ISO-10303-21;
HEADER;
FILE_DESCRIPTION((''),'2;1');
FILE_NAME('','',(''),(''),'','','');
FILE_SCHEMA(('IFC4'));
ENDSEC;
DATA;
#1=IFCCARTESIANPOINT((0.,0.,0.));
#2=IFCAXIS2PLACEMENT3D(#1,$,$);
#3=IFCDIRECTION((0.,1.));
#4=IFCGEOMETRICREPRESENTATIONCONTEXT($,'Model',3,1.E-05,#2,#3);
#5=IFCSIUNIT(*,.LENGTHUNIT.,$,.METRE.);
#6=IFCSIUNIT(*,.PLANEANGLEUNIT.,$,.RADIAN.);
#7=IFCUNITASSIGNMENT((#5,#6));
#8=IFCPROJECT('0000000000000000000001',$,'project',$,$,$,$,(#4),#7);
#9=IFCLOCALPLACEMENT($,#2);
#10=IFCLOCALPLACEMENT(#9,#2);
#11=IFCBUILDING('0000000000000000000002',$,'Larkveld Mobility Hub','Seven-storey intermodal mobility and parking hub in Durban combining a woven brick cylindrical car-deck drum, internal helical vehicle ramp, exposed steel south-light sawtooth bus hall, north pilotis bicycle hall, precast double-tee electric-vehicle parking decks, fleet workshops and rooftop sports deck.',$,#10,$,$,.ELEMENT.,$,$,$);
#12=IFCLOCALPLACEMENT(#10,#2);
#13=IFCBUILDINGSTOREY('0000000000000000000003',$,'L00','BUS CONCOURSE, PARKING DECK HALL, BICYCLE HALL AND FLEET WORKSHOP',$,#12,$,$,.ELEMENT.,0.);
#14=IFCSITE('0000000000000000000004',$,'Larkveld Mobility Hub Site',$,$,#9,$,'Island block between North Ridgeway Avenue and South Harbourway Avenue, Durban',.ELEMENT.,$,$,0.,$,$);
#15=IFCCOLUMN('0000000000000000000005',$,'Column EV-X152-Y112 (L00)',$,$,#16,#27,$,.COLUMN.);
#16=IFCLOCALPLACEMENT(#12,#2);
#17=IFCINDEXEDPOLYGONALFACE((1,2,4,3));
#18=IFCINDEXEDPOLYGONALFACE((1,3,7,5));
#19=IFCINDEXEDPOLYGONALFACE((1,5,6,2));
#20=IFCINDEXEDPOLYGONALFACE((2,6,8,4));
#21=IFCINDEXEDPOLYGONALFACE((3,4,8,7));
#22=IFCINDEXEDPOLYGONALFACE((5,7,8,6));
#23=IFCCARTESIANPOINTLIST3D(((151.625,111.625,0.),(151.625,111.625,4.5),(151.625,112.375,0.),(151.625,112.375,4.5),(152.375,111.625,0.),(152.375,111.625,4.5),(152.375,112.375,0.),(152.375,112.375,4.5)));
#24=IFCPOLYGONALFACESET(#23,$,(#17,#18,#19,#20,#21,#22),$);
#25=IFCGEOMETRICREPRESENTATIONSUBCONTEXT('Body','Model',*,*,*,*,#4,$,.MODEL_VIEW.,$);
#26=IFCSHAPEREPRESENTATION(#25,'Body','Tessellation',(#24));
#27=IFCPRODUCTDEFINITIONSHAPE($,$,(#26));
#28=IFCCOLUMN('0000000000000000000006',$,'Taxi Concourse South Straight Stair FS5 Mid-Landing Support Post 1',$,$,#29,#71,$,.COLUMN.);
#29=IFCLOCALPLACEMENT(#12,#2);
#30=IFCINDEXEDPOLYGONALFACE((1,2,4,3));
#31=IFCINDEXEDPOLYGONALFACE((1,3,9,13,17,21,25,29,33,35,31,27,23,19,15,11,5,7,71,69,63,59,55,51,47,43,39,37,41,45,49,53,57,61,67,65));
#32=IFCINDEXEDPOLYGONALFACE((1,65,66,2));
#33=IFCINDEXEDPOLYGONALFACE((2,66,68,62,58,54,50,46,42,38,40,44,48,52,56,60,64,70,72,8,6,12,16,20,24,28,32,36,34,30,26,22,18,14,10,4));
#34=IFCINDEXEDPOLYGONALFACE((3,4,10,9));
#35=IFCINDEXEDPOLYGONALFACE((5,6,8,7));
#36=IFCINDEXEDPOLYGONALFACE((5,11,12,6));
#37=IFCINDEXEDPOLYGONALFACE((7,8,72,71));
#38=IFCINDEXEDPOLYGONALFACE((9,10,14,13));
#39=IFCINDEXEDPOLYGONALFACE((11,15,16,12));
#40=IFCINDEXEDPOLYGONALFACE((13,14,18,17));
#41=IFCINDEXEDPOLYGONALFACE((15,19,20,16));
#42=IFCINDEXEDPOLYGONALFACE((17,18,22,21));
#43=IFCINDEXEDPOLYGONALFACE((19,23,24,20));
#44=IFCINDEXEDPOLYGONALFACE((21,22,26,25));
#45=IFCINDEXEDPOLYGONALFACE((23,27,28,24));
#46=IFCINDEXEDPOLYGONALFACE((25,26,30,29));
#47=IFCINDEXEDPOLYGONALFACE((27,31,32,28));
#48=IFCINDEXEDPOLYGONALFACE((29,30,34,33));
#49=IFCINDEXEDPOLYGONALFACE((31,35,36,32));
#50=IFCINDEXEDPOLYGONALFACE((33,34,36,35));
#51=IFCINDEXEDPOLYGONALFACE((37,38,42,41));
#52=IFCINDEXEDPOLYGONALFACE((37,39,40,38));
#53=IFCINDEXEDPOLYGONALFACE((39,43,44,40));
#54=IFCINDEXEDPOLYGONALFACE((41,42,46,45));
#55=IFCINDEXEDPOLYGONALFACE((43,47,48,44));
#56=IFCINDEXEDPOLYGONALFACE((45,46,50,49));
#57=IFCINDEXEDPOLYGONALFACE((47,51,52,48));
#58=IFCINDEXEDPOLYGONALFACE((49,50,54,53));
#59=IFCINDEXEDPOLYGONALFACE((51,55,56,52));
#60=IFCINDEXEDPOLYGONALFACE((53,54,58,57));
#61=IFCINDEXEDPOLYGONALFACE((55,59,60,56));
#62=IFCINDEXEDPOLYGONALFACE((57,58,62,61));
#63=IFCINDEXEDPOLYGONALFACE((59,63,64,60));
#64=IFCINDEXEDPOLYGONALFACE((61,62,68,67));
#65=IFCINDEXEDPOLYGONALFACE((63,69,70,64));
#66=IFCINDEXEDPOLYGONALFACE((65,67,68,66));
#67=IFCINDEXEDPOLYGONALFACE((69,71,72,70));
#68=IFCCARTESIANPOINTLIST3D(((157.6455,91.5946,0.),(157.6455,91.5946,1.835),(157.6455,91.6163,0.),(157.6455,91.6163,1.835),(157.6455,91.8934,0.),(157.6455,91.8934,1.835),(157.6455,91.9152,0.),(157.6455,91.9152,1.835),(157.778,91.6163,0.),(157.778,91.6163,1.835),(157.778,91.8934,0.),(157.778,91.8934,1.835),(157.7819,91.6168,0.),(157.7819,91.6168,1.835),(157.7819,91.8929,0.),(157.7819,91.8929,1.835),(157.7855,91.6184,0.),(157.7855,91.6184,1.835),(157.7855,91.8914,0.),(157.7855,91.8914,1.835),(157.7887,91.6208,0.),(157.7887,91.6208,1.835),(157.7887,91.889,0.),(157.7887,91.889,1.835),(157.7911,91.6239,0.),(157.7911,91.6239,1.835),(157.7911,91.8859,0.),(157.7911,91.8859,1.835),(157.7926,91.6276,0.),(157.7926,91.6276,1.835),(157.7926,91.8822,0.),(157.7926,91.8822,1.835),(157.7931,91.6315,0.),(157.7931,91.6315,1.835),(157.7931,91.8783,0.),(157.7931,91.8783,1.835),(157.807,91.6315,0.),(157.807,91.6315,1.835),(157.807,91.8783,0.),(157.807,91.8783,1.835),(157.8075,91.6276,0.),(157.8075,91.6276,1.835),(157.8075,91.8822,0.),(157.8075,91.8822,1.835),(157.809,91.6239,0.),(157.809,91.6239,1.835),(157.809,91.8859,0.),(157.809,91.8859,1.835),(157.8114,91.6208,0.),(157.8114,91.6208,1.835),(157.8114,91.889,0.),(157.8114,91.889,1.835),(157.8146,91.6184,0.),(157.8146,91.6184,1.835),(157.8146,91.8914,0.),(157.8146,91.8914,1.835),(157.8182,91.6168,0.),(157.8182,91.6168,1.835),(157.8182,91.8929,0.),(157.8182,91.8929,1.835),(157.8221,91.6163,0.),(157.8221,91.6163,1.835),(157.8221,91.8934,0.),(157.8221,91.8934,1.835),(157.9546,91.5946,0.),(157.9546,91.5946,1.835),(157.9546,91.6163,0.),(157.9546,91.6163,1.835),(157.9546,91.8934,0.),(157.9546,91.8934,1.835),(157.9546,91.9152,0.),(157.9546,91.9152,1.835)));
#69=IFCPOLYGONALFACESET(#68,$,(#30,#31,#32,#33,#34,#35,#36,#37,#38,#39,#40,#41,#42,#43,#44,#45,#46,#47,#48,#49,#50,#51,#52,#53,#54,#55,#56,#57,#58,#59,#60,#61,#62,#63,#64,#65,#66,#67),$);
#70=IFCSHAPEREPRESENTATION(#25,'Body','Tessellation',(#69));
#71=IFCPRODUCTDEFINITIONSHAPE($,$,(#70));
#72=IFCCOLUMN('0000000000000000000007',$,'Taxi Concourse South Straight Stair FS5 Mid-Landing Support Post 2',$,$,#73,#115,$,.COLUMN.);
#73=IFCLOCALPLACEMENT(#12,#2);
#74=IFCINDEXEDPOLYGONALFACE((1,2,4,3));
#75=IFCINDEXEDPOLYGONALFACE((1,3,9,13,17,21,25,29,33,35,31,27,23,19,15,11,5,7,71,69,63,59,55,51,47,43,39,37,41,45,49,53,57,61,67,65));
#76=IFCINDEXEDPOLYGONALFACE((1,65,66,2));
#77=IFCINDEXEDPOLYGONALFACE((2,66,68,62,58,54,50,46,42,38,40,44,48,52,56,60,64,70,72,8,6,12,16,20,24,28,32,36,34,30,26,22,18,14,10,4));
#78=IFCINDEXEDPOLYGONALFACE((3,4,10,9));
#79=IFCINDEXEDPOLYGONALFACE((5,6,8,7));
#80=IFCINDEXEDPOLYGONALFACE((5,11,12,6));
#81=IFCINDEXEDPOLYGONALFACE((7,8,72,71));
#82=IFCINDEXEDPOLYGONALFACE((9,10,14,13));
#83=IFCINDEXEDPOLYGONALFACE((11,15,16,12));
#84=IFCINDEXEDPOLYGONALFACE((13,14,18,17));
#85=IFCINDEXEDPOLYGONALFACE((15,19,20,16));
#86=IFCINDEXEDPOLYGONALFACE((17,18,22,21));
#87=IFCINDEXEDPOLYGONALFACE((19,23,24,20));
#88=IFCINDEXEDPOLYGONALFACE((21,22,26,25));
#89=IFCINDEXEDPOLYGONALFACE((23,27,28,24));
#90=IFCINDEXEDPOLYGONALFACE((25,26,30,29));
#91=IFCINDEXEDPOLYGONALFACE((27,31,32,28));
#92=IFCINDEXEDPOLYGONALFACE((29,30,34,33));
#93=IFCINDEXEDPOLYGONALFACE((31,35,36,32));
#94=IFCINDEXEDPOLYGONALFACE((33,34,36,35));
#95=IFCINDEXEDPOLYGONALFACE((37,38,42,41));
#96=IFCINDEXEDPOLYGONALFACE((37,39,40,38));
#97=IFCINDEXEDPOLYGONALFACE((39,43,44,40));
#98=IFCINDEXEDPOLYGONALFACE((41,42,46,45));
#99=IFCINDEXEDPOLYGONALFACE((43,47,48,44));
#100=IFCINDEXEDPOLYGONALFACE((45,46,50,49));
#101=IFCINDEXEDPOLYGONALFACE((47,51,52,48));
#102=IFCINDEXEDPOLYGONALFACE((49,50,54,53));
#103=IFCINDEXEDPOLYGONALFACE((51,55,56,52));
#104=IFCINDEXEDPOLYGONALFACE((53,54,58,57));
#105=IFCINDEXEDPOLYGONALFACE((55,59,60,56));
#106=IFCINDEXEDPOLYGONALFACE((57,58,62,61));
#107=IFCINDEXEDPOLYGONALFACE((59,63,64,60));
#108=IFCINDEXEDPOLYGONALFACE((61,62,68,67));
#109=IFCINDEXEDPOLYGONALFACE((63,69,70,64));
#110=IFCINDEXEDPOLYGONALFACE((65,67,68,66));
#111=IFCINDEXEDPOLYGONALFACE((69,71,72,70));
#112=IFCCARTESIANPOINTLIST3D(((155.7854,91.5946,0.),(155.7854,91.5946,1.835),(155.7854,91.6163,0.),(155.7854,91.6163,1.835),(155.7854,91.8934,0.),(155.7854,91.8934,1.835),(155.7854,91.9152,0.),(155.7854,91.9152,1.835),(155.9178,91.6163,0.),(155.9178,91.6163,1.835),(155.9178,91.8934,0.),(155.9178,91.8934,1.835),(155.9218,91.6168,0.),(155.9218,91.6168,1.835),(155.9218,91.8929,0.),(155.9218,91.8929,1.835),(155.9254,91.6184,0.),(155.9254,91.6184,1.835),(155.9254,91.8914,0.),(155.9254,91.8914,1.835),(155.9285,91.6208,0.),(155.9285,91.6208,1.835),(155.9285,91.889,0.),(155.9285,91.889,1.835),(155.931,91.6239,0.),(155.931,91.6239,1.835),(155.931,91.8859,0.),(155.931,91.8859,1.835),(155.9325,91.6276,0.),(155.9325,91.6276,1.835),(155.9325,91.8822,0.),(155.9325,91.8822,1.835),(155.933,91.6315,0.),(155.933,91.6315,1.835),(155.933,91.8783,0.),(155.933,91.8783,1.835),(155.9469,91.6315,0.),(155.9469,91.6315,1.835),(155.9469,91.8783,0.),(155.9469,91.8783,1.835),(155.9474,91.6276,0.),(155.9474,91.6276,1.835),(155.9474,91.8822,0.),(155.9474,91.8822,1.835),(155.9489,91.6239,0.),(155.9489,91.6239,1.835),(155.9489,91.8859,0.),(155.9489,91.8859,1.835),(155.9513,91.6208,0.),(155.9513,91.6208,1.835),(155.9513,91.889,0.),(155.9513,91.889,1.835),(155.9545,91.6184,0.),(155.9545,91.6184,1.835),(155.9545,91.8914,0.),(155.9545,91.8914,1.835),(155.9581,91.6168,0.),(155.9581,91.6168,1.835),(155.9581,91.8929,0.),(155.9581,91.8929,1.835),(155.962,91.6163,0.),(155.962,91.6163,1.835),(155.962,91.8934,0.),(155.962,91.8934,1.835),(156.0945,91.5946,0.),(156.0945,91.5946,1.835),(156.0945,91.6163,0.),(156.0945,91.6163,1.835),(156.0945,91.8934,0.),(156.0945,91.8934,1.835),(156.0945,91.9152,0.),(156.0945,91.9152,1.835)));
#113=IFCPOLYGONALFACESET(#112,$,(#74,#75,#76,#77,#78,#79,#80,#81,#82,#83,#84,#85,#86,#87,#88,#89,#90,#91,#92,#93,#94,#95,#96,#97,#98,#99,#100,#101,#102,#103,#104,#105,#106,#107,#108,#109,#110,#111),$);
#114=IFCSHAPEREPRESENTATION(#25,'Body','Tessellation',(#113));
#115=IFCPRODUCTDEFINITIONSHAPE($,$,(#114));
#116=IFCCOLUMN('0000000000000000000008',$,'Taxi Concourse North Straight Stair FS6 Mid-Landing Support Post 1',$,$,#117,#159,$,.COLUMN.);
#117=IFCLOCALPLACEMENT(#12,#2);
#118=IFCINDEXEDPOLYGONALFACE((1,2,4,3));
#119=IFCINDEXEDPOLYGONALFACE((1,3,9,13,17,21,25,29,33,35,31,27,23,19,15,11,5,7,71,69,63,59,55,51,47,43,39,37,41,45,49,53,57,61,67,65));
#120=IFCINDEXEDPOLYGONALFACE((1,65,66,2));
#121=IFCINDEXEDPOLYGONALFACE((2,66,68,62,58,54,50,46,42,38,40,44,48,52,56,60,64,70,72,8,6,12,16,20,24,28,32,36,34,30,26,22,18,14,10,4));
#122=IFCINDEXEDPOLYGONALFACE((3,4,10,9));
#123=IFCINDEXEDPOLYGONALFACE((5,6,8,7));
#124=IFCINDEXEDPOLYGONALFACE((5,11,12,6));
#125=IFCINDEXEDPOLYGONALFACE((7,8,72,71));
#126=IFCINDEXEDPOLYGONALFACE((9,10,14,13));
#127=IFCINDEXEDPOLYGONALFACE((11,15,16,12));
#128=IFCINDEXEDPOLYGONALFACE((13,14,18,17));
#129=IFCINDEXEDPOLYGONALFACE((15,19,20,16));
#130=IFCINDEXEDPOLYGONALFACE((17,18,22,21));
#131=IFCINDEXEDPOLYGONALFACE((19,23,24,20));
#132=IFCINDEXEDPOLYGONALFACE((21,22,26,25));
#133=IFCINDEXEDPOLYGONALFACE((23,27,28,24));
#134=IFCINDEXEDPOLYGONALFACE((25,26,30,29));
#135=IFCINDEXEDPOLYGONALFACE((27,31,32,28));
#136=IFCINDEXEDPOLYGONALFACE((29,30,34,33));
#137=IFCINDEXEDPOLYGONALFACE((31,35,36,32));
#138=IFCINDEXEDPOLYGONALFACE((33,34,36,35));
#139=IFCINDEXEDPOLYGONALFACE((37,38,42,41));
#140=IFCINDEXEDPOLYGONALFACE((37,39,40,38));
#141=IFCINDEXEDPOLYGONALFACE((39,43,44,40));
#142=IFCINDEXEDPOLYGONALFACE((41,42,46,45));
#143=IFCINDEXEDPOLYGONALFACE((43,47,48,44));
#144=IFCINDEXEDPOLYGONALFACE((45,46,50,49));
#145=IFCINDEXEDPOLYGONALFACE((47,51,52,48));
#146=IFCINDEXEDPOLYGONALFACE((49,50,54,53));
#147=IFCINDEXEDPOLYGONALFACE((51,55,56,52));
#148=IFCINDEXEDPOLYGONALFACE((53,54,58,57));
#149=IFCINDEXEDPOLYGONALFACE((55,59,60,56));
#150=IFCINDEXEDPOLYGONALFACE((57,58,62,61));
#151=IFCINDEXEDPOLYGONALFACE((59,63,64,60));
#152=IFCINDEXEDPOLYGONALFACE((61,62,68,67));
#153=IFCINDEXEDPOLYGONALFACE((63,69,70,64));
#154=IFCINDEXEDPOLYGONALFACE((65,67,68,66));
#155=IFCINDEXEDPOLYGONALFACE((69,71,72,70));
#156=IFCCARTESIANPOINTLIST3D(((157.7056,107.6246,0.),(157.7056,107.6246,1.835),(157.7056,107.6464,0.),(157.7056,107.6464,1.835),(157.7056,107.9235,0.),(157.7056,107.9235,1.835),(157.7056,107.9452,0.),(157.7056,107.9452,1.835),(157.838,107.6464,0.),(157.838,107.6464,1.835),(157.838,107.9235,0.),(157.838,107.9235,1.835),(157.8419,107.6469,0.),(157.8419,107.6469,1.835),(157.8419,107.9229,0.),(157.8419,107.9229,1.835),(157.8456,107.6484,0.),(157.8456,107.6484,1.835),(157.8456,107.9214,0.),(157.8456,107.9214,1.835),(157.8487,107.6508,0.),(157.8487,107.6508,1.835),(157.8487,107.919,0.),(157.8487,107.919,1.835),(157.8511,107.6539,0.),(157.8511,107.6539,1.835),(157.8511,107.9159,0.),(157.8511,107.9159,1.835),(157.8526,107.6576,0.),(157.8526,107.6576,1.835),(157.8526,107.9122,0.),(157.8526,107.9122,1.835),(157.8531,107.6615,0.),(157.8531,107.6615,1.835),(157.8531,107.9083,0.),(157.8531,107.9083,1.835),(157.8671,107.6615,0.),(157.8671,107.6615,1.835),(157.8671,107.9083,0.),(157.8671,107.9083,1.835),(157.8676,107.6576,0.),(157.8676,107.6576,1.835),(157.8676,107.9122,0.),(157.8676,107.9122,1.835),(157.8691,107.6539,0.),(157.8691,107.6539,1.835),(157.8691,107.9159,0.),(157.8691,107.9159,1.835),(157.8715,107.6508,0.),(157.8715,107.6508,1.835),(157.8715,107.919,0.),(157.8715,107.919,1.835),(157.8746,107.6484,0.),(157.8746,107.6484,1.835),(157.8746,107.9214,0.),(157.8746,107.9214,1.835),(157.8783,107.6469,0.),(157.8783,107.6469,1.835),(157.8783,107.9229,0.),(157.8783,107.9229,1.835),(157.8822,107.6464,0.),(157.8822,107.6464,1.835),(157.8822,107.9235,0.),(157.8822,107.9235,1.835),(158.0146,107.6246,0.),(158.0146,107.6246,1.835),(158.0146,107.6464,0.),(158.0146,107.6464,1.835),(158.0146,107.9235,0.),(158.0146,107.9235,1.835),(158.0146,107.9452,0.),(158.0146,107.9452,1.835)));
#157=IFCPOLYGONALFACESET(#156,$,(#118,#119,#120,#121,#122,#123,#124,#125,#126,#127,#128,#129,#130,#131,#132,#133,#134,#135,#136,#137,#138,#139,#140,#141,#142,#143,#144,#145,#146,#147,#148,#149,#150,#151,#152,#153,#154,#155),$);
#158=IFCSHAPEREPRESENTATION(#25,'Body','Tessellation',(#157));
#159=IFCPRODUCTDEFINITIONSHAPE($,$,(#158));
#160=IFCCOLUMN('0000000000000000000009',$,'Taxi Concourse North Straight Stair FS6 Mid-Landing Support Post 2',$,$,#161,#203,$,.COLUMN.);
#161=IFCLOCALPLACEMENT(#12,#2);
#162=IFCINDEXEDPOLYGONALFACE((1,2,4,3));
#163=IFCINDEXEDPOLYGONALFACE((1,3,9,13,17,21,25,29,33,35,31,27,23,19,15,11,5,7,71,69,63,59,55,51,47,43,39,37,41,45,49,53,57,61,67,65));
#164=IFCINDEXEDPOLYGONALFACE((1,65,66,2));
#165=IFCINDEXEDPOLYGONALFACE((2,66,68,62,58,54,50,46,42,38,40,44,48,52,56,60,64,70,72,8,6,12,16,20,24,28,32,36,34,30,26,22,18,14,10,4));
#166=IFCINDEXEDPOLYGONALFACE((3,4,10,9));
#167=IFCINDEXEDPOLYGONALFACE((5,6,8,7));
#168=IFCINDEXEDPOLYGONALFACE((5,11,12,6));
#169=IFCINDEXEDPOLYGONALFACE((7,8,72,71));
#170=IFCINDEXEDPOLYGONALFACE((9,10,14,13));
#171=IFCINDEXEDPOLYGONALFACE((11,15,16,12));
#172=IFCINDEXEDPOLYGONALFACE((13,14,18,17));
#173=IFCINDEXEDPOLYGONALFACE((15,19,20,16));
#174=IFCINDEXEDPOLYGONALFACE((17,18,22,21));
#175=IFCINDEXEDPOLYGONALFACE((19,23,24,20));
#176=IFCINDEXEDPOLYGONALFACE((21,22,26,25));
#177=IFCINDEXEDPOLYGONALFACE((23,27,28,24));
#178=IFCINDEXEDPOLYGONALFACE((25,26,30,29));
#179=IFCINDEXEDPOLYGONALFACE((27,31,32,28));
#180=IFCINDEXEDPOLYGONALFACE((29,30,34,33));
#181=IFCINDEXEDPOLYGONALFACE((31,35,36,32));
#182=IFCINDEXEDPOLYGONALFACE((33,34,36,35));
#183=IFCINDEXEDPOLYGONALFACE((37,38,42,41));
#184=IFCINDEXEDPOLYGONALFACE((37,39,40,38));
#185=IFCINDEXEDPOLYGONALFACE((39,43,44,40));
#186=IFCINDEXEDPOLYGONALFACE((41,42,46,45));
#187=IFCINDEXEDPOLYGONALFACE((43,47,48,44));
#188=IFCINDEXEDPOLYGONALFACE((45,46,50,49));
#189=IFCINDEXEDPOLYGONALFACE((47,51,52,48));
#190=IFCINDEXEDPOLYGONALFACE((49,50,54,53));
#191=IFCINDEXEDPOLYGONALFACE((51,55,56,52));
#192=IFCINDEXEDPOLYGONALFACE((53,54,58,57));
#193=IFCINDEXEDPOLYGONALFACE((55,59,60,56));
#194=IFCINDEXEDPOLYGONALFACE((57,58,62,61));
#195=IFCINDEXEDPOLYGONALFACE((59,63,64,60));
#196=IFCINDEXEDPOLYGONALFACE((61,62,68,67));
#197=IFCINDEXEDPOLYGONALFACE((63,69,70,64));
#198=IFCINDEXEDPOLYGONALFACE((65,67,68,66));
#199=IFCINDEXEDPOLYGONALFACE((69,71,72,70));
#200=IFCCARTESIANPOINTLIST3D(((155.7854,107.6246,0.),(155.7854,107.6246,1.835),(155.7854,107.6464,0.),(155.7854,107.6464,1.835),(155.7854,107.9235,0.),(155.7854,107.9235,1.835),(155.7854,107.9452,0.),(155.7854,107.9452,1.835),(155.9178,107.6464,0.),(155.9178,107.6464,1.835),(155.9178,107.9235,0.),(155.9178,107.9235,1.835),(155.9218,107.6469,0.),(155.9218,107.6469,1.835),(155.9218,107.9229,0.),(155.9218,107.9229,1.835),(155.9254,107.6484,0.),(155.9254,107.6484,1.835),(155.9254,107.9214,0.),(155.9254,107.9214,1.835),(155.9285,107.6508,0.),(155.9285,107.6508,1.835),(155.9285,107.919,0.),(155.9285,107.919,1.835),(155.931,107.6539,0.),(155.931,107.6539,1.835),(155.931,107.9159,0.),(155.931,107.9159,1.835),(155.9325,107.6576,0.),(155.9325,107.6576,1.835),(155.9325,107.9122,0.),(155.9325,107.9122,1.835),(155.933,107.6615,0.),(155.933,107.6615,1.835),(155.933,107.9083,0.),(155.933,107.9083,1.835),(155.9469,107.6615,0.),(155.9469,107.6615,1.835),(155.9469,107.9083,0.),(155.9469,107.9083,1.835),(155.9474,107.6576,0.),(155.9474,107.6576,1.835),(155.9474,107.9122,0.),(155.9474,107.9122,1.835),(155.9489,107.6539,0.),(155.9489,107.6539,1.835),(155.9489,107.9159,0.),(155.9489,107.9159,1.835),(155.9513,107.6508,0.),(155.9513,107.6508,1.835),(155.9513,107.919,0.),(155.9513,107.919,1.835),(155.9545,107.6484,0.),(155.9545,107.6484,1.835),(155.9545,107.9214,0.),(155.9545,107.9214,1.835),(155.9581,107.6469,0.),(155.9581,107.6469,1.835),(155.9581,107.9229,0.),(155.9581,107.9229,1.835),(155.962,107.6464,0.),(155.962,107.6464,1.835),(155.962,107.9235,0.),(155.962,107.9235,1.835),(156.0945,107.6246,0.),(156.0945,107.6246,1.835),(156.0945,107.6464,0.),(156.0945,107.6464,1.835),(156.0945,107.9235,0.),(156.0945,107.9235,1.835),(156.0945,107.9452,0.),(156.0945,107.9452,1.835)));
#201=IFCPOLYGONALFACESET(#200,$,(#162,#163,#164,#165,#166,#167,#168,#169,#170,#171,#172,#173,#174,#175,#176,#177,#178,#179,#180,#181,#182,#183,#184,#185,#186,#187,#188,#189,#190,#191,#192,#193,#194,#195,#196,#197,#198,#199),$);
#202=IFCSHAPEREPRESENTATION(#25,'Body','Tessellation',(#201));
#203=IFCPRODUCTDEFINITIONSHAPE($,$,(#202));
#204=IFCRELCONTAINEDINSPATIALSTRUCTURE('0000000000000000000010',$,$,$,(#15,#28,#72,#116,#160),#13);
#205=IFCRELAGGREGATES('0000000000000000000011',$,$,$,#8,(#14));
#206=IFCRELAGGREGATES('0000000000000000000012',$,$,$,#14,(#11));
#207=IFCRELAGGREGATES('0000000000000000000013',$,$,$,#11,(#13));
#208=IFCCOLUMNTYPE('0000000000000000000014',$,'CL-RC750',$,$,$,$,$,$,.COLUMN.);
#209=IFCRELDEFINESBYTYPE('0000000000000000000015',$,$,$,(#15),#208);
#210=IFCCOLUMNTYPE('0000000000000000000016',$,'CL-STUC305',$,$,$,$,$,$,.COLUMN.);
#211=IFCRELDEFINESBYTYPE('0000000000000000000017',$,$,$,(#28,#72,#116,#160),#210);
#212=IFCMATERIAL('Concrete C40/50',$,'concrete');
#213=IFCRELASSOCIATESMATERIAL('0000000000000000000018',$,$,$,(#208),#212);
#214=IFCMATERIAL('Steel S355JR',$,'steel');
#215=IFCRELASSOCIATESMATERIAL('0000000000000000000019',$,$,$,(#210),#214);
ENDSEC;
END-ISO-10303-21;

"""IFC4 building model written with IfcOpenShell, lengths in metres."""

from ifc_helpers import new_model, si_unit, direction, frame, origin, origin_2d, place, context, subcontext, project, spatial, rectangle, i_section, extrude, material, material_profile, profile_set, type_object, element, save


model = new_model("IFC4")

# Units and contexts
model_context = context("Model", 3, precision=1e-05, world=origin(), true_north=direction((0.0, 1.0)))
body_context = subcontext(model_context, "Body", "Model", "MODEL_VIEW")
ifc_project = project(units=[si_unit("LENGTHUNIT", "METRE"), si_unit("PLANEANGLEUNIT", "RADIAN")], contexts=[model_context])

# Site, building, storey
site_placement = place(None, origin())
site = spatial("IfcSite", under=ifc_project, at=site_placement, Name="Larkveld Mobility Hub Site", LongName="Island block between North Ridgeway Avenue and South Harbourway Avenue, Durban", CompositionType="ELEMENT", RefElevation=0.0)
building_placement = place(site_placement, origin())
building = spatial("IfcBuilding", under=site, at=building_placement, Name="Larkveld Mobility Hub", Description="Seven-storey intermodal mobility and parking hub in Durban combining a woven brick cylindrical car-deck drum, internal helical vehicle ramp, exposed steel south-light sawtooth bus hall, north pilotis bicycle hall, precast double-tee electric-vehicle parking decks, fleet workshops and rooftop sports deck.", CompositionType="ELEMENT")
storey_placement = place(building_placement, origin())
storey = spatial("IfcBuildingStorey", under=building, at=storey_placement, Name="L00", Description="BUS CONCOURSE, PARKING DECK HALL, BICYCLE HALL AND FLEET WORKSHOP", CompositionType="ELEMENT", Elevation=0.0)

# Columns
ifc_material_1 = material(Name="Concrete C40/50", Category="concrete")
ifc_material_profile_1 = material_profile(ifc_material_1, rectangle(XDim=0.75, YDim=0.75, at=origin_2d()), Name="RC COL 750x750")
ifc_profile_set_1 = profile_set([ifc_material_profile_1], Name="Concrete C40/50")
column_type_1 = type_object("IfcColumnType", Name="CL-RC750", PredefinedType="COLUMN", material=ifc_profile_set_1)
column_placement = place(storey_placement, frame((152.0, 112.0, 0.0), z_axis=(0.0, 0.0, 1.0), x_axis=(1.0, 0.0, 0.0)))
element("IfcColumn", 1, at=column_placement, inside=storey, type_object=column_type_1, Name="Column EV-X152-Y112 (L00)", PredefinedType="COLUMN", context=body_context, shape_type="SweptSolid", body=[
    extrude(rectangle(XDim=0.75, YDim=0.75, at=origin_2d()), origin(), (0.0, 0.0, 1.0), 4.5),
])
ifc_material_2 = material(Name="Steel S355JR", Category="steel")
ifc_material_profile_2 = material_profile(ifc_material_2, i_section(OverallWidth=0.3091, OverallDepth=0.3206, WebThickness=0.0139, FlangeThickness=0.0217, FilletRadius=0.0151, at=origin_2d()), Name="UC 305x305x137")
ifc_profile_set_2 = profile_set([ifc_material_profile_2], Name="Steel S355JR")
column_type_2 = type_object("IfcColumnType", Name="CL-STUC305", PredefinedType="COLUMN", material=ifc_profile_set_2)
for number, where, z_axis, x_axis, name in (
    (2, (157.8, 91.7549, 0.0), (0.0, 0.0, 1.0), (1.0, 0.0, 0.0), "Taxi Concourse South Straight Stair FS5 Mid-Landing Support Post 1"),
    (3, (155.9399, 91.7549, 0.0), (0.0, 0.0, 1.0), (1.0, 0.0, 0.0), "Taxi Concourse South Straight Stair FS5 Mid-Landing Support Post 2"),
    (4, (157.8601, 107.7849, 0.0), (0.0, 0.0, 1.0), (1.0, 0.0, 0.0), "Taxi Concourse North Straight Stair FS6 Mid-Landing Support Post 1"),
    (5, (155.9399, 107.7849, 0.0), (0.0, 0.0, 1.0), (1.0, 0.0, 0.0), "Taxi Concourse North Straight Stair FS6 Mid-Landing Support Post 2"),
):
    element("IfcColumn", number, at=place(storey_placement, frame(where, z_axis=z_axis, x_axis=x_axis)), inside=storey, type_object=column_type_2, Name=name, PredefinedType="COLUMN", context=body_context, shape_type="SweptSolid", body=[
        extrude(i_section(OverallWidth=0.3091, OverallDepth=0.3206, WebThickness=0.0139, FlangeThickness=0.0217, FilletRadius=0.0151, at=origin_2d()), origin(), (0.0, 0.0, 1.0), 1.835),
    ])

save(model, "model.ifc")
